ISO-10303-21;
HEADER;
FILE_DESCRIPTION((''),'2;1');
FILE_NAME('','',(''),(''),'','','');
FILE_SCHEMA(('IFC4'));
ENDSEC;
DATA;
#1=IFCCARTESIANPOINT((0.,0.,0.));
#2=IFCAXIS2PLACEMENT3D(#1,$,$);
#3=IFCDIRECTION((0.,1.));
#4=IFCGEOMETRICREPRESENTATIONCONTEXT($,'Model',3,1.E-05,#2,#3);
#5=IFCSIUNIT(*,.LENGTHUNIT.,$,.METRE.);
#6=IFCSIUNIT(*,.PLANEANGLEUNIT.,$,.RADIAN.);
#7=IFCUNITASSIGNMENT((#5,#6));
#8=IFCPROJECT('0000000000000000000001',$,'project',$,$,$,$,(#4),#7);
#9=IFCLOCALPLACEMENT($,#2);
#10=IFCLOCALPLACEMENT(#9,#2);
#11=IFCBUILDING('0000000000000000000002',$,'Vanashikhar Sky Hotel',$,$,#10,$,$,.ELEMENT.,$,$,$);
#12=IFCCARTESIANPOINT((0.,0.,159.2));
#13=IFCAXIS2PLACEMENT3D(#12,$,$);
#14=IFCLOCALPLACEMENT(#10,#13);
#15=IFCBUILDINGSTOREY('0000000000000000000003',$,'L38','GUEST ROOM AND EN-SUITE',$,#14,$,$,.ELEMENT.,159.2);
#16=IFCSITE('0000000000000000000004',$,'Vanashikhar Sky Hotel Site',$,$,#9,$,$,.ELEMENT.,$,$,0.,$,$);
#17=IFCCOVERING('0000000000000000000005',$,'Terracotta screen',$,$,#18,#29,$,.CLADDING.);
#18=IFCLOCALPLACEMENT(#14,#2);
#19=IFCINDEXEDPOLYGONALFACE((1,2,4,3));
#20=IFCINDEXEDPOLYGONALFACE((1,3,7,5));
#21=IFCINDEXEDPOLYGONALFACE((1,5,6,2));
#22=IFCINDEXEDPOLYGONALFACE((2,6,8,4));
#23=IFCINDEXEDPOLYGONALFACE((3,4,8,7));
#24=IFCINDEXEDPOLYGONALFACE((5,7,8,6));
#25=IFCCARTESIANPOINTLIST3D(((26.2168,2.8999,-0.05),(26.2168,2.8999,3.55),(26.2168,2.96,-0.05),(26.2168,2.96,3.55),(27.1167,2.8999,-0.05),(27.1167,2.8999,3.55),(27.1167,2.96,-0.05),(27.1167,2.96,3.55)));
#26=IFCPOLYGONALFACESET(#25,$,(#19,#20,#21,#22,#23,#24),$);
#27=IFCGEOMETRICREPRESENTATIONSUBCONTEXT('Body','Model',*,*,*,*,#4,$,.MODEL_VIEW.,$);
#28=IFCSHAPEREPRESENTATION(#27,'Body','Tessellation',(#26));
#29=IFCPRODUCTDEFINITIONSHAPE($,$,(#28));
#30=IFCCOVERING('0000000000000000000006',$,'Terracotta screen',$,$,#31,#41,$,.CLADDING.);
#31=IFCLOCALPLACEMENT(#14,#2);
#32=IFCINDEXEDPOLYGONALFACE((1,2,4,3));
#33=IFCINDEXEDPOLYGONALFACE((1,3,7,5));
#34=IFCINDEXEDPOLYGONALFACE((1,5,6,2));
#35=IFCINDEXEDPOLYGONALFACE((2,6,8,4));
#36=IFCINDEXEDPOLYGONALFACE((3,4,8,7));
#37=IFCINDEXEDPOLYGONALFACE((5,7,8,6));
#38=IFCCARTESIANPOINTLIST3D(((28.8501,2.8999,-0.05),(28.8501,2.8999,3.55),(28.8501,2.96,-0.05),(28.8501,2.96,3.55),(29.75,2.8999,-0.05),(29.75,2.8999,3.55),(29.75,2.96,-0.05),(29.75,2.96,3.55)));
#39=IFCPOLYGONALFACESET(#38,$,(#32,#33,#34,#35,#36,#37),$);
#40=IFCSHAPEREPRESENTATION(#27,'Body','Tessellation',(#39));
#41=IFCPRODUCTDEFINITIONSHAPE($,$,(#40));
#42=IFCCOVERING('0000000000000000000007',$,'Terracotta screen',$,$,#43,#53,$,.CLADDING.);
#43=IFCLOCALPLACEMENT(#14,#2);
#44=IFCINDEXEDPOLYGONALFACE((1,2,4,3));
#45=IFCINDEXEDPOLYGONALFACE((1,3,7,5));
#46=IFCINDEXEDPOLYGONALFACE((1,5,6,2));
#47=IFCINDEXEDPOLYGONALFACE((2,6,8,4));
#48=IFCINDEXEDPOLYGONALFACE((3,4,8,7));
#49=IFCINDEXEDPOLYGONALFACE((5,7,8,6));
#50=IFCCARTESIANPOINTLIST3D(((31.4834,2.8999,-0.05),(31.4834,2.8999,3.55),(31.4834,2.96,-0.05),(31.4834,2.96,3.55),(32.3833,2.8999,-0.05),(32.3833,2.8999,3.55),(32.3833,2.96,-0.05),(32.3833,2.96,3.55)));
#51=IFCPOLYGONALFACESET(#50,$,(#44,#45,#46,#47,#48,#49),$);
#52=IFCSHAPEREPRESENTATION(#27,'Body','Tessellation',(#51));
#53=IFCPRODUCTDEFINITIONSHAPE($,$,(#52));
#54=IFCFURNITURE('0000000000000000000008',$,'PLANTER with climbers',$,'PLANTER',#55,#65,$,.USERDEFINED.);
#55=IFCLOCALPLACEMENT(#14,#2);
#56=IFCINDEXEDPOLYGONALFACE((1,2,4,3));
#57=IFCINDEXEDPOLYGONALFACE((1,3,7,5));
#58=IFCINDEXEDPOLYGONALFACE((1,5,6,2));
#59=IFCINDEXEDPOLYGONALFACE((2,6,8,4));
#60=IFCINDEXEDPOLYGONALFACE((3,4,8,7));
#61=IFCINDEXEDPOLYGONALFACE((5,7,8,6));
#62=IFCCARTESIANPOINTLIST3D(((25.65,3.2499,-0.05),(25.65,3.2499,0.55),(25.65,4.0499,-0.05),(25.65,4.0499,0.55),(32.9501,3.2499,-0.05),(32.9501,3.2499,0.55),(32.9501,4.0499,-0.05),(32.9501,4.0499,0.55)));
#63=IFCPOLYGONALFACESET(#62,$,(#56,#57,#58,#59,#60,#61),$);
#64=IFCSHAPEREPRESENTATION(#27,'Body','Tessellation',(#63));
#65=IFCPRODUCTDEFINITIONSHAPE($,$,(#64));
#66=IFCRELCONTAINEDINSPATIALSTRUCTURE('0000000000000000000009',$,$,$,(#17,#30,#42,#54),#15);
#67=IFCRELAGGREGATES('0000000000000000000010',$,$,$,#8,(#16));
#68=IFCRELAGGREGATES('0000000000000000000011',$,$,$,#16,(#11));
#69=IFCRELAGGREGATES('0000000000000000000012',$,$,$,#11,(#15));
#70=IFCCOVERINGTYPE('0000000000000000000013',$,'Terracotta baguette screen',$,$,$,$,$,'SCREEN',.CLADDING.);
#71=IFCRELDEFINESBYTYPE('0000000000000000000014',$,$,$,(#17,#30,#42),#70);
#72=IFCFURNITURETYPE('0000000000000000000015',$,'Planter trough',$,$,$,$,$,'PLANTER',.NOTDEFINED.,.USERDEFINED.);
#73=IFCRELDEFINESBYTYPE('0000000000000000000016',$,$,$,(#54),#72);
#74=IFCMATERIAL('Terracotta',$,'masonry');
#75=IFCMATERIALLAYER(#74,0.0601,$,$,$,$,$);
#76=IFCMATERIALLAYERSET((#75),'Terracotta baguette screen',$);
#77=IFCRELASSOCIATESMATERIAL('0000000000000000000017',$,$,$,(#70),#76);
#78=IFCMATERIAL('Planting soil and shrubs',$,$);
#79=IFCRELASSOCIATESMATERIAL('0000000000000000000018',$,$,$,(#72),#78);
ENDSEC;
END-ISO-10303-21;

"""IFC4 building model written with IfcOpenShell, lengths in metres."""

from ifc_helpers import new_model, si_unit, direction, frame, origin, origin_2d, place, context, subcontext, project, spatial, rectangle, extrude, source, transform, mapped, material, layer, layer_set, type_object, element, save


model = new_model("IFC4")

# Units and contexts
model_context = context("Model", 3, precision=1e-05, world=origin(), true_north=direction((0.0, 1.0)))
body_context = subcontext(model_context, "Body", "Model", "MODEL_VIEW")
ifc_project = project(units=[si_unit("LENGTHUNIT", "METRE"), si_unit("PLANEANGLEUNIT", "RADIAN")], contexts=[model_context])

# Site, building, storey
site_placement = place(None, origin())
site = spatial("IfcSite", under=ifc_project, at=site_placement, Name="Vanashikhar Sky Hotel Site", CompositionType="ELEMENT", RefElevation=0.0)
building_placement = place(site_placement, origin())
building = spatial("IfcBuilding", under=site, at=building_placement, Name="Vanashikhar Sky Hotel", CompositionType="ELEMENT")
storey_placement = place(building_placement, frame((0.0, 0.0, 159.2)))
storey = spatial("IfcBuildingStorey", under=building, at=storey_placement, Name="L38", Description="GUEST ROOM AND EN-SUITE", CompositionType="ELEMENT", Elevation=159.2)

# Coverings
ifc_material_1 = material(Name="Terracotta", Category="masonry")
ifc_layer_1 = layer(ifc_material_1, 0.0601)
ifc_layer_set_1 = layer_set([ifc_layer_1], Name="Terracotta baguette screen")
covering_type = type_object("IfcCoveringType", Name="Terracotta baguette screen", ElementType="SCREEN", PredefinedType="CLADDING", material=ifc_layer_set_1)
shared_shape_1 = source(origin(), body_context, "Body", "SweptSolid", [
    extrude(rectangle(XDim=0.8999, YDim=0.0601, at=origin_2d()), origin(), (0.0, 0.0, 1.0), 3.6001),
])
for number, where, z_axis, x_axis, name in (
    (1, (26.6667, 2.9299, -0.05), (0.0, 0.0, 1.0), (1.0, 0.0, 0.0), "Terracotta screen"),
    (2, (29.3, 2.9299, -0.05), (0.0, 0.0, 1.0), (1.0, 0.0, 0.0), "Terracotta screen"),
    (3, (31.9333, 2.9299, -0.05), (0.0, 0.0, 1.0), (1.0, 0.0, 0.0), "Terracotta screen"),
):
    element("IfcCovering", number, at=place(storey_placement, frame(where, z_axis=z_axis, x_axis=x_axis)), inside=storey, type_object=covering_type, Name=name, PredefinedType="CLADDING", context=body_context, shape_type="MappedRepresentation", body=[
        mapped(shared_shape_1, transform((0.0, 0.0, 0.0), scale=1.0)),
    ])

# Furniture
ifc_material_2 = material(Name="Planting soil and shrubs")
furniture_type = type_object("IfcFurnitureType", Name="Planter trough", ElementType="PLANTER", AssemblyPlace="NOTDEFINED", PredefinedType="USERDEFINED", material=ifc_material_2)
shared_shape_2 = source(origin(), body_context, "Body", "SweptSolid", [
    extrude(rectangle(XDim=7.3, YDim=0.8, at=origin_2d()), origin(), (0.0, 0.0, 1.0), 0.6001),
])
furniture_placement = place(storey_placement, frame((29.3, 3.6499, -0.05), z_axis=(0.0, 0.0, 1.0), x_axis=(1.0, 0.0, 0.0)))
element("IfcFurniture", 4, at=furniture_placement, inside=storey, type_object=furniture_type, Name="PLANTER with climbers", ObjectType="PLANTER", PredefinedType="USERDEFINED", context=body_context, shape_type="MappedRepresentation", body=[
    mapped(shared_shape_2, transform((0.0, 0.0, 0.0), scale=1.0)),
])

save(model, "model.ifc")
